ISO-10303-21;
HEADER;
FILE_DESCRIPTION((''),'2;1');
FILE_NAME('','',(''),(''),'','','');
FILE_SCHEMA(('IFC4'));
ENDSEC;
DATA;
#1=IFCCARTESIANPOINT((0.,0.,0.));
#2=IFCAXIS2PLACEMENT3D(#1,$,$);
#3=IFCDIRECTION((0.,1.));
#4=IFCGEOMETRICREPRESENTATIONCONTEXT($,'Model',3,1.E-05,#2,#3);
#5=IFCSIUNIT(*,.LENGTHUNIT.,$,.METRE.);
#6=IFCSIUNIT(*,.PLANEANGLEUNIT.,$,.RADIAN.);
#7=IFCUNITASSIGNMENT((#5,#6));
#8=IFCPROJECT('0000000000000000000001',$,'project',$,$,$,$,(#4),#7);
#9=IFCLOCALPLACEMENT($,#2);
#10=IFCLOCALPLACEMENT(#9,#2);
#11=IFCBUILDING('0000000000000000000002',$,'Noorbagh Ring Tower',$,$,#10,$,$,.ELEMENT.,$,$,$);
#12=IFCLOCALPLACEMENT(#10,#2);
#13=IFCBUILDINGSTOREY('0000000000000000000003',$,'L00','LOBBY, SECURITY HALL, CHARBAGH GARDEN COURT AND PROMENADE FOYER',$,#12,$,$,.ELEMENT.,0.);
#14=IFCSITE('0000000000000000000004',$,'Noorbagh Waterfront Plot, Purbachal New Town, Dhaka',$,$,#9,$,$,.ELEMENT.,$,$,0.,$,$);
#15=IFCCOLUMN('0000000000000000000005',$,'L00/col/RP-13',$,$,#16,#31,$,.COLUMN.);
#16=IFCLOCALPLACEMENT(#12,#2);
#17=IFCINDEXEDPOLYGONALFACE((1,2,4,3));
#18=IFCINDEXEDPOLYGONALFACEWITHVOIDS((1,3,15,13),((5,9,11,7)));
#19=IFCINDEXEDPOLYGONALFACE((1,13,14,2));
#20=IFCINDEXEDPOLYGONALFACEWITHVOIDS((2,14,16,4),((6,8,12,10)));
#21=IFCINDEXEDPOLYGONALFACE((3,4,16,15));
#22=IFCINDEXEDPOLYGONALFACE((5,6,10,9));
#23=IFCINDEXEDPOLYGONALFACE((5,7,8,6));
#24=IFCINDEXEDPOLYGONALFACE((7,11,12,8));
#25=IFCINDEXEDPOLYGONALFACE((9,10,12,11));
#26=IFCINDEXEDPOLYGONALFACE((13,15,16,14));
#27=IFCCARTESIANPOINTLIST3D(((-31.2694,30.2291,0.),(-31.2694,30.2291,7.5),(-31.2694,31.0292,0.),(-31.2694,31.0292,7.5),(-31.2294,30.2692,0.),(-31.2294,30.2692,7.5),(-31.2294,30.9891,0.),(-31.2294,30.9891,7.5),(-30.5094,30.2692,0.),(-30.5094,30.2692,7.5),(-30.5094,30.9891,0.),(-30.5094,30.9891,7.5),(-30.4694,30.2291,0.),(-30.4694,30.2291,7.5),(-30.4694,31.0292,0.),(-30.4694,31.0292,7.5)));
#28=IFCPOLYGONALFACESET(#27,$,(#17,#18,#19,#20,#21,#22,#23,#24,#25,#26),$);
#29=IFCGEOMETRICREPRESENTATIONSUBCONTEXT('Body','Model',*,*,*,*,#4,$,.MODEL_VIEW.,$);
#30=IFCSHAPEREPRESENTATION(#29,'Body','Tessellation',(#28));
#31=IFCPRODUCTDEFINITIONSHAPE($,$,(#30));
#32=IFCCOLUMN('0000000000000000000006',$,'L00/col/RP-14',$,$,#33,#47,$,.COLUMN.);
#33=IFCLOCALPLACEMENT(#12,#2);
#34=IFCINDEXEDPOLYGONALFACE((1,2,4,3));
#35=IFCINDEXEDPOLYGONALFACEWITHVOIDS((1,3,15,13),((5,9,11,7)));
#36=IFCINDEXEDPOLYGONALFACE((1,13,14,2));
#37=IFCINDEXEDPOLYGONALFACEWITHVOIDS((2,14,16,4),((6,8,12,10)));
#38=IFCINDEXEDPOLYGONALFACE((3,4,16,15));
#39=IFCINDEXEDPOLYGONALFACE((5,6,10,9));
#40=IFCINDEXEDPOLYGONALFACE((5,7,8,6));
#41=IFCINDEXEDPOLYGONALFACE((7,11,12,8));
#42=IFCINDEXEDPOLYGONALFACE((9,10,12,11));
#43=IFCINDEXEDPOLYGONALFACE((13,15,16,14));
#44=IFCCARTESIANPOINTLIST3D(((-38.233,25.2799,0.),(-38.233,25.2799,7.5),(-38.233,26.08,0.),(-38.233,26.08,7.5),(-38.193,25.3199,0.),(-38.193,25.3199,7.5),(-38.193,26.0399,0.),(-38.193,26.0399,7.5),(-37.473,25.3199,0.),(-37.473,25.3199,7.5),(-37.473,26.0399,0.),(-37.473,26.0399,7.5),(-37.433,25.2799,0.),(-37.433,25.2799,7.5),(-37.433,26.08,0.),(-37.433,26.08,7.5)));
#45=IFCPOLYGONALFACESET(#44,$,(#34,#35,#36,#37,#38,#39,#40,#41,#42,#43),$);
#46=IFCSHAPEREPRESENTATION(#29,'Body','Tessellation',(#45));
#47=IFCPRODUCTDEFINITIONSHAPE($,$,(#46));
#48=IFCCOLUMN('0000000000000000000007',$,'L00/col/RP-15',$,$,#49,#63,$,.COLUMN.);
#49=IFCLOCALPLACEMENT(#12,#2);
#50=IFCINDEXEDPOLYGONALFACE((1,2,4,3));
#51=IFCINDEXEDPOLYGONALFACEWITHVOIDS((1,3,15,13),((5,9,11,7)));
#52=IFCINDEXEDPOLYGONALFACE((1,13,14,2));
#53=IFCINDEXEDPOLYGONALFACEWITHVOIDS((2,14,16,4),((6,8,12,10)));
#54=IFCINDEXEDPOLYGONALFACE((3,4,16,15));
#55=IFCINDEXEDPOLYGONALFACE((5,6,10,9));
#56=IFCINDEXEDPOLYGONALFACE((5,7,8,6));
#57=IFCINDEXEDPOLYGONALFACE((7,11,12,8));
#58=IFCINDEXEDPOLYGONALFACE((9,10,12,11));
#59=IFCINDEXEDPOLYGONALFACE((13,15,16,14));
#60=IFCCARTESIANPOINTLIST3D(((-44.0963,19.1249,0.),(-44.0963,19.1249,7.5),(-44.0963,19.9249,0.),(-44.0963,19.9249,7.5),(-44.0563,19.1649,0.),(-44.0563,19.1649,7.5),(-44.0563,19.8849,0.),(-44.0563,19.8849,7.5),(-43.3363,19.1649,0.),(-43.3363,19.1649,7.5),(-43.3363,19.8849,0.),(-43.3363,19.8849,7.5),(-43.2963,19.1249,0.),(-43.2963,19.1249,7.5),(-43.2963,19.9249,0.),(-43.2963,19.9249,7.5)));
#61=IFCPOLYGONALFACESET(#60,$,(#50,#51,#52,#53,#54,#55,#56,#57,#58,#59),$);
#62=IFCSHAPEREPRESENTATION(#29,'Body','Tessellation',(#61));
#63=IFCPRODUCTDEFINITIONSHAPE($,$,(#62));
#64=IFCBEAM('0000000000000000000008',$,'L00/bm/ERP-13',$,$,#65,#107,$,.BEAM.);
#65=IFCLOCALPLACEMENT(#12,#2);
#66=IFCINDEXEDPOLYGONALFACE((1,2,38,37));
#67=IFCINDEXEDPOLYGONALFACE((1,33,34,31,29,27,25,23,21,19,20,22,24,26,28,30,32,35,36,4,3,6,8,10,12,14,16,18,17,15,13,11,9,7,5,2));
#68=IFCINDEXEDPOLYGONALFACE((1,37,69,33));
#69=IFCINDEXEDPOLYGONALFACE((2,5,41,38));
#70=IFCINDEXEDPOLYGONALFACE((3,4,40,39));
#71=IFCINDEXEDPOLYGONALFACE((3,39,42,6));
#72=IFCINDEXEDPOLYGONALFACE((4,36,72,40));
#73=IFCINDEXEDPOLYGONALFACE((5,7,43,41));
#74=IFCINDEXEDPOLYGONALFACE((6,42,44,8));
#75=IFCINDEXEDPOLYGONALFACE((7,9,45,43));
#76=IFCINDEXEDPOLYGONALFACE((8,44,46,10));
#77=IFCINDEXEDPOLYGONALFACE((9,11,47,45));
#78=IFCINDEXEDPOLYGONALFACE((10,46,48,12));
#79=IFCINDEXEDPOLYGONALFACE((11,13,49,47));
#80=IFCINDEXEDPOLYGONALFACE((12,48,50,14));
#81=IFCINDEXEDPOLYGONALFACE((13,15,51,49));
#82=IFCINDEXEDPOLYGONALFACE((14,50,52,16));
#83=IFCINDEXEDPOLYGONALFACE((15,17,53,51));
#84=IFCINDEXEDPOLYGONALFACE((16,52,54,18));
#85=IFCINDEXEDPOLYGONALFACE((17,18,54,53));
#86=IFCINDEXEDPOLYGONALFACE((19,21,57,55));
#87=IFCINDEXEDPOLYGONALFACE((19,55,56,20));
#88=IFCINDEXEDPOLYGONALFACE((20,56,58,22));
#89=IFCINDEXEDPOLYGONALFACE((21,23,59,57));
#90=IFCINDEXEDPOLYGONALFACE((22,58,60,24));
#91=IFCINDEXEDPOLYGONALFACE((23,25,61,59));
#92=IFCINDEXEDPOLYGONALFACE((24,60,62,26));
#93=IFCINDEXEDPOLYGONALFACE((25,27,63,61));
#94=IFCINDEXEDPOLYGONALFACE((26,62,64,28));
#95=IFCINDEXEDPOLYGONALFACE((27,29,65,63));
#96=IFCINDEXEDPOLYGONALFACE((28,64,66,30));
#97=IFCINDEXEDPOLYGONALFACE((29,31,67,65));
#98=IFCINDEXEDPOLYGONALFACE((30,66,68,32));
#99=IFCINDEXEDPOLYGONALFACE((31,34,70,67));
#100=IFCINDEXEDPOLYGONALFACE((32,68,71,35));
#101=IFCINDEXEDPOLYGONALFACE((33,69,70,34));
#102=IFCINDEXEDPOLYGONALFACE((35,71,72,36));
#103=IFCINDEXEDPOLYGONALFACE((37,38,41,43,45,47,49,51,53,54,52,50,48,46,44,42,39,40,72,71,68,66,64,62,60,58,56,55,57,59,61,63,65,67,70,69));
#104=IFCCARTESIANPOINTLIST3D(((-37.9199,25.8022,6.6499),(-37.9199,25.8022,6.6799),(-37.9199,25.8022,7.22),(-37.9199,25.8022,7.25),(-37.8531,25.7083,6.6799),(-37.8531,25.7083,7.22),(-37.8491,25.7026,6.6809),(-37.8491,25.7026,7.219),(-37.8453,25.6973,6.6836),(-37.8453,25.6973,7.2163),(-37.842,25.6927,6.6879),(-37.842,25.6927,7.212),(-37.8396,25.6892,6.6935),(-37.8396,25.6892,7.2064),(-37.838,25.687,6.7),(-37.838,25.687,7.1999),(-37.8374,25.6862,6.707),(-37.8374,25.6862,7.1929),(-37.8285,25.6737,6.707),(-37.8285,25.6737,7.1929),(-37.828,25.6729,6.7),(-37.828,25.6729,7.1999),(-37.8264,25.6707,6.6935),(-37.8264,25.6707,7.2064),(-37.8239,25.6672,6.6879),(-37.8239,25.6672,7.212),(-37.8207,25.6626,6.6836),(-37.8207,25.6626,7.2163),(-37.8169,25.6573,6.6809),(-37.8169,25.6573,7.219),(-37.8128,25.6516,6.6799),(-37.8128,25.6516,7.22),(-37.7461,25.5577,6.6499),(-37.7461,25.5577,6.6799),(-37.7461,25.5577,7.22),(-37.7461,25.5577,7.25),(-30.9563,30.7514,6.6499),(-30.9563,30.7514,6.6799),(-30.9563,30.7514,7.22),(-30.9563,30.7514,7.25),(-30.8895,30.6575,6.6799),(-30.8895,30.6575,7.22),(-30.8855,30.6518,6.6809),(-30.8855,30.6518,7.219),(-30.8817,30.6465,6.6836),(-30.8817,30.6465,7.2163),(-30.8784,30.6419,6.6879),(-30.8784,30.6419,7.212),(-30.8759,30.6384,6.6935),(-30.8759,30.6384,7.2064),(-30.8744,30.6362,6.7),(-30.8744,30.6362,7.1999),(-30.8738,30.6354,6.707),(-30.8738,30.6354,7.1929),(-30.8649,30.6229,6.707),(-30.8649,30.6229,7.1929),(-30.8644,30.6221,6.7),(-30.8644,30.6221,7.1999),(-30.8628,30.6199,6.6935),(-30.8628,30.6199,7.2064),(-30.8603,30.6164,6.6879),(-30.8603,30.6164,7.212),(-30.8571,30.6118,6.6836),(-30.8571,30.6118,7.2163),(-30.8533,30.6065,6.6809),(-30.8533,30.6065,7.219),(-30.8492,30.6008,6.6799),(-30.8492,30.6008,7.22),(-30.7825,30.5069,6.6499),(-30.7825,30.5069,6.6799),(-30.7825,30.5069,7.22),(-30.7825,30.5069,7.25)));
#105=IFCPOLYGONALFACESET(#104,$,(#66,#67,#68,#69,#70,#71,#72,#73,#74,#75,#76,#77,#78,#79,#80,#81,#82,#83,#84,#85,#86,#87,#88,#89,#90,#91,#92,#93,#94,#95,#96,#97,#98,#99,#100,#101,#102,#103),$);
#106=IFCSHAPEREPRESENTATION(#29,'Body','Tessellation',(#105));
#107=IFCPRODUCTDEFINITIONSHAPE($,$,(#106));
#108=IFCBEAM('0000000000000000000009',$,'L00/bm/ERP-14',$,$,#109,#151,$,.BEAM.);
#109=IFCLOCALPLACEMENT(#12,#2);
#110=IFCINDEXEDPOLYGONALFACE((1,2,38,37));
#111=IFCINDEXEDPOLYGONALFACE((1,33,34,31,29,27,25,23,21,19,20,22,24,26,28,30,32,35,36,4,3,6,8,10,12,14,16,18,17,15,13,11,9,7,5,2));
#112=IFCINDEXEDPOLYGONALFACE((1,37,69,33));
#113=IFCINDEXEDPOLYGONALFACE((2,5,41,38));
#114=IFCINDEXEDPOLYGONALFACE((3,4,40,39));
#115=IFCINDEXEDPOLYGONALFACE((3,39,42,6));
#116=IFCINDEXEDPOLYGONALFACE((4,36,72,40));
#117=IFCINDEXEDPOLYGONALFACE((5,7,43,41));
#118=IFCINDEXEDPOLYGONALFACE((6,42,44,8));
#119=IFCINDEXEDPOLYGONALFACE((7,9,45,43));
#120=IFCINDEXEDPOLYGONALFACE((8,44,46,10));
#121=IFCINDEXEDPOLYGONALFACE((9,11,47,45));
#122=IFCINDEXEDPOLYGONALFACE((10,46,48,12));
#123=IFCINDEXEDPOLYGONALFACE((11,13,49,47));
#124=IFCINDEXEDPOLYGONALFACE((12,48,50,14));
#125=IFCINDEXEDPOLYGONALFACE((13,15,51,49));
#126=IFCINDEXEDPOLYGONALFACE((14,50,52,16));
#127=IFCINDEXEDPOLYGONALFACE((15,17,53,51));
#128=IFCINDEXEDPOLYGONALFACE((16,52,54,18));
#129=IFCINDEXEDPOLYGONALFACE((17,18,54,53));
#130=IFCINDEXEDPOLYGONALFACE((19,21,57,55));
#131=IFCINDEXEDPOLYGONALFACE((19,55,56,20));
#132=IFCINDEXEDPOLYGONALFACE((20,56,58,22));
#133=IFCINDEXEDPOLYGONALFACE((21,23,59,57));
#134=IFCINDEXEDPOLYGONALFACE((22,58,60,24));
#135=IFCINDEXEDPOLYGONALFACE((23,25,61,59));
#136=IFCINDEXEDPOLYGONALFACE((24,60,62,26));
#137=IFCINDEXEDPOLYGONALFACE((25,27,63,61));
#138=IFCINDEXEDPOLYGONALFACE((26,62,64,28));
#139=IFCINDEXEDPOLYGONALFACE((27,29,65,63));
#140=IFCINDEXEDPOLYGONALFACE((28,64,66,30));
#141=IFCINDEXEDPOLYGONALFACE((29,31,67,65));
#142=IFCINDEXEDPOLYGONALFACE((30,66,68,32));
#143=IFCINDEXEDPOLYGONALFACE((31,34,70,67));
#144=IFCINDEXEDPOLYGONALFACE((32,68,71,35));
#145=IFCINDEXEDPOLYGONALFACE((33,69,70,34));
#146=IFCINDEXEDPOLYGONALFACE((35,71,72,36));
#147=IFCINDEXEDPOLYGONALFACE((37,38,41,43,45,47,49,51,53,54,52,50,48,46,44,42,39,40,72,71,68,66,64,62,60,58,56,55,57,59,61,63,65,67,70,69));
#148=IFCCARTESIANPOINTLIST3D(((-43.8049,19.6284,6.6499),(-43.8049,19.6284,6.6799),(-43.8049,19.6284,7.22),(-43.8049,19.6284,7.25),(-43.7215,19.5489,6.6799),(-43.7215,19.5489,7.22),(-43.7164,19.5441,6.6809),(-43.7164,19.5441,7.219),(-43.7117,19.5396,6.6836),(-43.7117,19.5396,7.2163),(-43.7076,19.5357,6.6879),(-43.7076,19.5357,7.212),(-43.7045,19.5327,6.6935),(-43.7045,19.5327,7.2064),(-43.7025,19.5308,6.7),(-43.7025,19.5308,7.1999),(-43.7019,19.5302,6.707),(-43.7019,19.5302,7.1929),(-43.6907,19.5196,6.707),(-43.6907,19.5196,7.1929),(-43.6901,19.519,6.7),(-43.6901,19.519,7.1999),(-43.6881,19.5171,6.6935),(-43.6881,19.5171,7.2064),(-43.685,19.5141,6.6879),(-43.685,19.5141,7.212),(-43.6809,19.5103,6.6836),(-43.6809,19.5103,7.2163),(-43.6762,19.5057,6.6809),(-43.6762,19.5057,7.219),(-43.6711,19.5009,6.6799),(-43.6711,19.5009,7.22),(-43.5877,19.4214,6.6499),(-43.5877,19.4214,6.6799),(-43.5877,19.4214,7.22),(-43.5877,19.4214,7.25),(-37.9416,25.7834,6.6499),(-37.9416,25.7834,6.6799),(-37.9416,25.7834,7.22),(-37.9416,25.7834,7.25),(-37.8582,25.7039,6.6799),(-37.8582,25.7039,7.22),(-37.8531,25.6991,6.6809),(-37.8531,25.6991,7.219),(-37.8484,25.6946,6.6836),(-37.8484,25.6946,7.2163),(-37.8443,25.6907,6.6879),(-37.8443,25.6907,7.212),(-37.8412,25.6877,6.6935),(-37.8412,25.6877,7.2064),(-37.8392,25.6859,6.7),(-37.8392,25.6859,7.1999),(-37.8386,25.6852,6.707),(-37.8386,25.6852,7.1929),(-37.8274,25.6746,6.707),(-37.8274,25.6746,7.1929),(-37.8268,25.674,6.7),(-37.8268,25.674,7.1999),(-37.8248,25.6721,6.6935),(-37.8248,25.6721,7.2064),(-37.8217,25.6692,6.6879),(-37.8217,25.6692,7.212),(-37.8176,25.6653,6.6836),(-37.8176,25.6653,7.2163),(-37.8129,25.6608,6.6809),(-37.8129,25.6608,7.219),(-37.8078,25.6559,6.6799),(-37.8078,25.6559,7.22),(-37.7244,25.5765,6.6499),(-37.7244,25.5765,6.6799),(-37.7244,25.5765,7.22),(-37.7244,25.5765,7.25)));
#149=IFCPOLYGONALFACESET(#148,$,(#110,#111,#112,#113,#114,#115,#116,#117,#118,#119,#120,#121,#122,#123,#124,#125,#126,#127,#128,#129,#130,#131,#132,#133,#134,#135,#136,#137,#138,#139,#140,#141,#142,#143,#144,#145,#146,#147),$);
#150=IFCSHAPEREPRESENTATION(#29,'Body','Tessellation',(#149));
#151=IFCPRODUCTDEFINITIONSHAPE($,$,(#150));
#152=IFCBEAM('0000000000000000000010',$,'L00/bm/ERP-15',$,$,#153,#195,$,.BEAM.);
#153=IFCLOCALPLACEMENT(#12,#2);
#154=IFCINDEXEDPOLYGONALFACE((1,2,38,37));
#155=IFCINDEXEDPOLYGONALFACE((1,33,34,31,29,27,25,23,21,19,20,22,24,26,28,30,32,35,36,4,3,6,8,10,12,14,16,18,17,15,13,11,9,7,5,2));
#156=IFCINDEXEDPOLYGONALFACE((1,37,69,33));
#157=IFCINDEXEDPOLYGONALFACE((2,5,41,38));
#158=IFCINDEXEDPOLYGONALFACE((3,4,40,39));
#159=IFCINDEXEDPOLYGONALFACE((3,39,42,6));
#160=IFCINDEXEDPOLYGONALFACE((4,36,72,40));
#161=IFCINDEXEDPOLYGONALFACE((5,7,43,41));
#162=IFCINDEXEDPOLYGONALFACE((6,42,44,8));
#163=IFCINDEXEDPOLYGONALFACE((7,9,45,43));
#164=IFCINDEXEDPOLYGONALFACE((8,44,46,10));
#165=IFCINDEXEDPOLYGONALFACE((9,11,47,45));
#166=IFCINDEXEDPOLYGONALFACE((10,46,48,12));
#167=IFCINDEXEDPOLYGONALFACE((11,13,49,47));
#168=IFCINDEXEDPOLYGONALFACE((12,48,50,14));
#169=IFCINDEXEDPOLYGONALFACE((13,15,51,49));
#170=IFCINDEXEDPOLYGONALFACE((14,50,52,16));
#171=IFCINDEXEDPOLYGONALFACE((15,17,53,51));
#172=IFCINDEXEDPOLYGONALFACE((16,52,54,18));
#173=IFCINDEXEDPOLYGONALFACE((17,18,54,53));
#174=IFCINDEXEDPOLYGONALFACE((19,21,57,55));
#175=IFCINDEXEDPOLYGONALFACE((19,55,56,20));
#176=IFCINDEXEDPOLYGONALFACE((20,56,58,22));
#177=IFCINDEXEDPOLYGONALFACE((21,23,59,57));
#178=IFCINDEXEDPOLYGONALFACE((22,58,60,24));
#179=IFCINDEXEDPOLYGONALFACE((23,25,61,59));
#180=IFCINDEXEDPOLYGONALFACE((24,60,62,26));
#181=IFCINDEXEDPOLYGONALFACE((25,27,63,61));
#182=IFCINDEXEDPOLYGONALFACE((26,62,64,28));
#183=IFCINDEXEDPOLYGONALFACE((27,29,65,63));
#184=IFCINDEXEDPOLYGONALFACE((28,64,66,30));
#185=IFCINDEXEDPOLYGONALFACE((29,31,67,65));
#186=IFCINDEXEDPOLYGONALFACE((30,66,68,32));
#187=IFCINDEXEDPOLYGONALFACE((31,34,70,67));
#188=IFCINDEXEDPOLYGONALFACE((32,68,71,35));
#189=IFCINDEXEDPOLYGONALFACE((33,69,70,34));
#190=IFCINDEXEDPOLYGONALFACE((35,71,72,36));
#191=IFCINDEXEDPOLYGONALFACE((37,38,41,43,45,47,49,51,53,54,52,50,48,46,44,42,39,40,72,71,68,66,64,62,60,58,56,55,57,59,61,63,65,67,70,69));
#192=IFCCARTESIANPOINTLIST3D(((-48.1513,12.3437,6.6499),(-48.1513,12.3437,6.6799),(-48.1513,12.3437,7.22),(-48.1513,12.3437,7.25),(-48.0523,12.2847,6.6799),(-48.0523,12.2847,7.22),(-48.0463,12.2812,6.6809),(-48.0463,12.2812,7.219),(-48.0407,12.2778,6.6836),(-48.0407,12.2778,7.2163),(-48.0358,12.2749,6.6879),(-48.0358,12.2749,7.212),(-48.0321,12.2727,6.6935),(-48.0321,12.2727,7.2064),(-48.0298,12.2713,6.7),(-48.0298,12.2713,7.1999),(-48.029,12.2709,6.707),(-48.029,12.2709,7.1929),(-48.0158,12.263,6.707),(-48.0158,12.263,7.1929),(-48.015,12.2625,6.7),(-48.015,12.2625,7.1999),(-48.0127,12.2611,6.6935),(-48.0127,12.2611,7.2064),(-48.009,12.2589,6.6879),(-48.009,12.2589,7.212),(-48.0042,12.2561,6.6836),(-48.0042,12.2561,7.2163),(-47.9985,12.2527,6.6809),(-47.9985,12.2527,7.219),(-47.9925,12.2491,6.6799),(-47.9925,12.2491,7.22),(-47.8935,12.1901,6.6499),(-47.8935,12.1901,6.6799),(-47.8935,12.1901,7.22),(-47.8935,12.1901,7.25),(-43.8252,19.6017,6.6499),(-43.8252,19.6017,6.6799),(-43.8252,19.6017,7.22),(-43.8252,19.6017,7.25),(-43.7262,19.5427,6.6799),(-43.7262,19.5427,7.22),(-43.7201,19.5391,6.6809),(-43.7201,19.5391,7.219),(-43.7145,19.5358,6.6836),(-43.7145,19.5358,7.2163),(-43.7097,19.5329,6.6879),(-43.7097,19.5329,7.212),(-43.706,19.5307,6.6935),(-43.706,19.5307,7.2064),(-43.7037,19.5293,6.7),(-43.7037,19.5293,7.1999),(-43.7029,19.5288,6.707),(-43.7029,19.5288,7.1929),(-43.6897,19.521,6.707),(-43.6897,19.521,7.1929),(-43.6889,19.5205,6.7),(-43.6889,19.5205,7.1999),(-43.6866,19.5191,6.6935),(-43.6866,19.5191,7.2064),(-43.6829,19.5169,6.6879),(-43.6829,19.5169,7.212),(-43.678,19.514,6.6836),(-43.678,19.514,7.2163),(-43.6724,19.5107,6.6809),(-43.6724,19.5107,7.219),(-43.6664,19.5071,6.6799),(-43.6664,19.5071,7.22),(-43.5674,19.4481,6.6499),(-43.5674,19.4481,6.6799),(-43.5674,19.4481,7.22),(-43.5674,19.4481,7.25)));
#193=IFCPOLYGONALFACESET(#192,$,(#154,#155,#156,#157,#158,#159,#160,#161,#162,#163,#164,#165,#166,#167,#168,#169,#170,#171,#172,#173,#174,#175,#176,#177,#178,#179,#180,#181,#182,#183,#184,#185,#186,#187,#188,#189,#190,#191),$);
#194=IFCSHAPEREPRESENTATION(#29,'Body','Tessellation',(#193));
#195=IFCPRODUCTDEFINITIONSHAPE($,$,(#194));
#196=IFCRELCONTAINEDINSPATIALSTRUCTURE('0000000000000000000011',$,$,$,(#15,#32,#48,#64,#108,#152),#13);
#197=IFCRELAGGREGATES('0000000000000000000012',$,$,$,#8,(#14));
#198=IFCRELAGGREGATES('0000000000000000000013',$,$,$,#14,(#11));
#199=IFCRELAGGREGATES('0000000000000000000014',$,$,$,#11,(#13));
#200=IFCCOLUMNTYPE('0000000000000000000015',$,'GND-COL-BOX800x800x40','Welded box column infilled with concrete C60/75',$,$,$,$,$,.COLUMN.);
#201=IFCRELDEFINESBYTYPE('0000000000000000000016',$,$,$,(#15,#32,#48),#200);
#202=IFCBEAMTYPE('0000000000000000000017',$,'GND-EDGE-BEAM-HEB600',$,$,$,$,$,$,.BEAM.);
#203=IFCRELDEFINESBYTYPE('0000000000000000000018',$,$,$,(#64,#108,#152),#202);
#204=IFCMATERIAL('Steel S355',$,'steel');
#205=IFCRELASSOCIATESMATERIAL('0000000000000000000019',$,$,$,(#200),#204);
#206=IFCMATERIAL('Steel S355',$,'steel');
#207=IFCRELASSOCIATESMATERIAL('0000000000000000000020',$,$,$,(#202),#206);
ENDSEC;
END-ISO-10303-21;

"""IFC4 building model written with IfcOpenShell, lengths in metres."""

from ifc_helpers import new_model, si_unit, direction, frame, origin, origin_2d, place, context, subcontext, project, spatial, hollow_rectangle, i_section, extrude, material, material_profile, profile_set, type_object, element, save


model = new_model("IFC4")

# Units and contexts
model_context = context("Model", 3, precision=1e-05, world=origin(), true_north=direction((0.0, 1.0)))
body_context = subcontext(model_context, "Body", "Model", "MODEL_VIEW")
ifc_project = project(units=[si_unit("LENGTHUNIT", "METRE"), si_unit("PLANEANGLEUNIT", "RADIAN")], contexts=[model_context])

# Site, building, storey
site_placement = place(None, origin())
site = spatial("IfcSite", under=ifc_project, at=site_placement, Name="Noorbagh Waterfront Plot, Purbachal New Town, Dhaka", CompositionType="ELEMENT", RefElevation=0.0)
building_placement = place(site_placement, origin())
building = spatial("IfcBuilding", under=site, at=building_placement, Name="Noorbagh Ring Tower", CompositionType="ELEMENT")
storey_placement = place(building_placement, origin())
storey = spatial("IfcBuildingStorey", under=building, at=storey_placement, Name="L00", Description="LOBBY, SECURITY HALL, CHARBAGH GARDEN COURT AND PROMENADE FOYER", CompositionType="ELEMENT", Elevation=0.0)

# Columns
ifc_material_1 = material(Name="Steel S355", Category="steel")
ifc_material_profile_1 = material_profile(ifc_material_1, hollow_rectangle(XDim=0.8, YDim=0.8, WallThickness=0.04, at=origin_2d()), Name="BOX800x800x40")
ifc_profile_set_1 = profile_set([ifc_material_profile_1], Name="Steel S355")
column_type = type_object("IfcColumnType", Name="GND-COL-BOX800x800x40", Description="Welded box column infilled with concrete C60/75", PredefinedType="COLUMN", material=ifc_profile_set_1)
for number, where, z_axis, x_axis, name in (
    (1, (-30.8694, 30.6292, 0.0), (0.0, 0.0, 1.0), (1.0, 0.0, 0.0), "L00/col/RP-13"),
    (2, (-37.833, 25.6799, 0.0), (0.0, 0.0, 1.0), (1.0, 0.0, 0.0), "L00/col/RP-14"),
    (3, (-43.6963, 19.5249, 0.0), (0.0, 0.0, 1.0), (1.0, 0.0, 0.0), "L00/col/RP-15"),
):
    element("IfcColumn", number, at=place(storey_placement, frame(where, z_axis=z_axis, x_axis=x_axis)), inside=storey, type_object=column_type, Name=name, PredefinedType="COLUMN", context=body_context, shape_type="SweptSolid", body=[
        extrude(hollow_rectangle(XDim=0.8, YDim=0.8, WallThickness=0.04, at=origin_2d()), origin(), (0.0, 0.0, 1.0), 7.5),
    ])

# Beams
ifc_material_2 = material(Name="Steel S355", Category="steel")
ifc_material_profile_2 = material_profile(ifc_material_2, i_section(OverallWidth=0.3, OverallDepth=0.6001, WebThickness=0.0154, FlangeThickness=0.03, FilletRadius=0.0271, at=origin_2d()), Name="HEB600")
ifc_profile_set_2 = profile_set([ifc_material_profile_2], Name="Steel S355")
beam_type_1 = type_object("IfcBeamType", Name="GND-EDGE-BEAM-HEB600", PredefinedType="BEAM", material=ifc_profile_set_2)
beam_1_placement = place(storey_placement, frame((-30.8694, 30.6292, 6.95), z_axis=(-0.815104, -0.579315, 0.0), x_axis=(0.579315, -0.815104, 0.0)))
element("IfcBeam", 4, at=beam_1_placement, inside=storey, type_object=beam_type_1, Name="L00/bm/ERP-13", PredefinedType="BEAM", context=body_context, shape_type="SweptSolid", body=[
    extrude(i_section(OverallWidth=0.3, OverallDepth=0.6001, WebThickness=0.0154, FlangeThickness=0.03, FilletRadius=0.0271, at=origin_2d()), origin(), (0.0, 0.0, 1.0), 8.5432),
])
beam_2_placement = place(storey_placement, frame((-37.833, 25.6799, 6.95), z_axis=(-0.689738, -0.724059, 0.0), x_axis=(0.724059, -0.689738, 0.0)))
element("IfcBeam", 5, at=beam_2_placement, inside=storey, type_object=beam_type_1, Name="L00/bm/ERP-14", PredefinedType="BEAM", context=body_context, shape_type="SweptSolid", body=[
    extrude(i_section(OverallWidth=0.3, OverallDepth=0.6001, WebThickness=0.0154, FlangeThickness=0.03, FilletRadius=0.0271, at=origin_2d()), origin(), (0.0, 0.0, 1.0), 8.5007),
])
beam_3_placement = place(storey_placement, frame((-43.6963, 19.5249, 6.95), z_axis=(-0.511999, -0.858986, 0.0), x_axis=(0.858986, -0.511999, 0.0)))
element("IfcBeam", 6, at=beam_3_placement, inside=storey, type_object=beam_type_1, Name="L00/bm/ERP-15", PredefinedType="BEAM", context=body_context, shape_type="SweptSolid", body=[
    extrude(i_section(OverallWidth=0.3, OverallDepth=0.6001, WebThickness=0.0154, FlangeThickness=0.03, FilletRadius=0.0271, at=origin_2d()), origin(), (0.0, 0.0, 1.0), 8.4495),
])

save(model, "model.ifc")
